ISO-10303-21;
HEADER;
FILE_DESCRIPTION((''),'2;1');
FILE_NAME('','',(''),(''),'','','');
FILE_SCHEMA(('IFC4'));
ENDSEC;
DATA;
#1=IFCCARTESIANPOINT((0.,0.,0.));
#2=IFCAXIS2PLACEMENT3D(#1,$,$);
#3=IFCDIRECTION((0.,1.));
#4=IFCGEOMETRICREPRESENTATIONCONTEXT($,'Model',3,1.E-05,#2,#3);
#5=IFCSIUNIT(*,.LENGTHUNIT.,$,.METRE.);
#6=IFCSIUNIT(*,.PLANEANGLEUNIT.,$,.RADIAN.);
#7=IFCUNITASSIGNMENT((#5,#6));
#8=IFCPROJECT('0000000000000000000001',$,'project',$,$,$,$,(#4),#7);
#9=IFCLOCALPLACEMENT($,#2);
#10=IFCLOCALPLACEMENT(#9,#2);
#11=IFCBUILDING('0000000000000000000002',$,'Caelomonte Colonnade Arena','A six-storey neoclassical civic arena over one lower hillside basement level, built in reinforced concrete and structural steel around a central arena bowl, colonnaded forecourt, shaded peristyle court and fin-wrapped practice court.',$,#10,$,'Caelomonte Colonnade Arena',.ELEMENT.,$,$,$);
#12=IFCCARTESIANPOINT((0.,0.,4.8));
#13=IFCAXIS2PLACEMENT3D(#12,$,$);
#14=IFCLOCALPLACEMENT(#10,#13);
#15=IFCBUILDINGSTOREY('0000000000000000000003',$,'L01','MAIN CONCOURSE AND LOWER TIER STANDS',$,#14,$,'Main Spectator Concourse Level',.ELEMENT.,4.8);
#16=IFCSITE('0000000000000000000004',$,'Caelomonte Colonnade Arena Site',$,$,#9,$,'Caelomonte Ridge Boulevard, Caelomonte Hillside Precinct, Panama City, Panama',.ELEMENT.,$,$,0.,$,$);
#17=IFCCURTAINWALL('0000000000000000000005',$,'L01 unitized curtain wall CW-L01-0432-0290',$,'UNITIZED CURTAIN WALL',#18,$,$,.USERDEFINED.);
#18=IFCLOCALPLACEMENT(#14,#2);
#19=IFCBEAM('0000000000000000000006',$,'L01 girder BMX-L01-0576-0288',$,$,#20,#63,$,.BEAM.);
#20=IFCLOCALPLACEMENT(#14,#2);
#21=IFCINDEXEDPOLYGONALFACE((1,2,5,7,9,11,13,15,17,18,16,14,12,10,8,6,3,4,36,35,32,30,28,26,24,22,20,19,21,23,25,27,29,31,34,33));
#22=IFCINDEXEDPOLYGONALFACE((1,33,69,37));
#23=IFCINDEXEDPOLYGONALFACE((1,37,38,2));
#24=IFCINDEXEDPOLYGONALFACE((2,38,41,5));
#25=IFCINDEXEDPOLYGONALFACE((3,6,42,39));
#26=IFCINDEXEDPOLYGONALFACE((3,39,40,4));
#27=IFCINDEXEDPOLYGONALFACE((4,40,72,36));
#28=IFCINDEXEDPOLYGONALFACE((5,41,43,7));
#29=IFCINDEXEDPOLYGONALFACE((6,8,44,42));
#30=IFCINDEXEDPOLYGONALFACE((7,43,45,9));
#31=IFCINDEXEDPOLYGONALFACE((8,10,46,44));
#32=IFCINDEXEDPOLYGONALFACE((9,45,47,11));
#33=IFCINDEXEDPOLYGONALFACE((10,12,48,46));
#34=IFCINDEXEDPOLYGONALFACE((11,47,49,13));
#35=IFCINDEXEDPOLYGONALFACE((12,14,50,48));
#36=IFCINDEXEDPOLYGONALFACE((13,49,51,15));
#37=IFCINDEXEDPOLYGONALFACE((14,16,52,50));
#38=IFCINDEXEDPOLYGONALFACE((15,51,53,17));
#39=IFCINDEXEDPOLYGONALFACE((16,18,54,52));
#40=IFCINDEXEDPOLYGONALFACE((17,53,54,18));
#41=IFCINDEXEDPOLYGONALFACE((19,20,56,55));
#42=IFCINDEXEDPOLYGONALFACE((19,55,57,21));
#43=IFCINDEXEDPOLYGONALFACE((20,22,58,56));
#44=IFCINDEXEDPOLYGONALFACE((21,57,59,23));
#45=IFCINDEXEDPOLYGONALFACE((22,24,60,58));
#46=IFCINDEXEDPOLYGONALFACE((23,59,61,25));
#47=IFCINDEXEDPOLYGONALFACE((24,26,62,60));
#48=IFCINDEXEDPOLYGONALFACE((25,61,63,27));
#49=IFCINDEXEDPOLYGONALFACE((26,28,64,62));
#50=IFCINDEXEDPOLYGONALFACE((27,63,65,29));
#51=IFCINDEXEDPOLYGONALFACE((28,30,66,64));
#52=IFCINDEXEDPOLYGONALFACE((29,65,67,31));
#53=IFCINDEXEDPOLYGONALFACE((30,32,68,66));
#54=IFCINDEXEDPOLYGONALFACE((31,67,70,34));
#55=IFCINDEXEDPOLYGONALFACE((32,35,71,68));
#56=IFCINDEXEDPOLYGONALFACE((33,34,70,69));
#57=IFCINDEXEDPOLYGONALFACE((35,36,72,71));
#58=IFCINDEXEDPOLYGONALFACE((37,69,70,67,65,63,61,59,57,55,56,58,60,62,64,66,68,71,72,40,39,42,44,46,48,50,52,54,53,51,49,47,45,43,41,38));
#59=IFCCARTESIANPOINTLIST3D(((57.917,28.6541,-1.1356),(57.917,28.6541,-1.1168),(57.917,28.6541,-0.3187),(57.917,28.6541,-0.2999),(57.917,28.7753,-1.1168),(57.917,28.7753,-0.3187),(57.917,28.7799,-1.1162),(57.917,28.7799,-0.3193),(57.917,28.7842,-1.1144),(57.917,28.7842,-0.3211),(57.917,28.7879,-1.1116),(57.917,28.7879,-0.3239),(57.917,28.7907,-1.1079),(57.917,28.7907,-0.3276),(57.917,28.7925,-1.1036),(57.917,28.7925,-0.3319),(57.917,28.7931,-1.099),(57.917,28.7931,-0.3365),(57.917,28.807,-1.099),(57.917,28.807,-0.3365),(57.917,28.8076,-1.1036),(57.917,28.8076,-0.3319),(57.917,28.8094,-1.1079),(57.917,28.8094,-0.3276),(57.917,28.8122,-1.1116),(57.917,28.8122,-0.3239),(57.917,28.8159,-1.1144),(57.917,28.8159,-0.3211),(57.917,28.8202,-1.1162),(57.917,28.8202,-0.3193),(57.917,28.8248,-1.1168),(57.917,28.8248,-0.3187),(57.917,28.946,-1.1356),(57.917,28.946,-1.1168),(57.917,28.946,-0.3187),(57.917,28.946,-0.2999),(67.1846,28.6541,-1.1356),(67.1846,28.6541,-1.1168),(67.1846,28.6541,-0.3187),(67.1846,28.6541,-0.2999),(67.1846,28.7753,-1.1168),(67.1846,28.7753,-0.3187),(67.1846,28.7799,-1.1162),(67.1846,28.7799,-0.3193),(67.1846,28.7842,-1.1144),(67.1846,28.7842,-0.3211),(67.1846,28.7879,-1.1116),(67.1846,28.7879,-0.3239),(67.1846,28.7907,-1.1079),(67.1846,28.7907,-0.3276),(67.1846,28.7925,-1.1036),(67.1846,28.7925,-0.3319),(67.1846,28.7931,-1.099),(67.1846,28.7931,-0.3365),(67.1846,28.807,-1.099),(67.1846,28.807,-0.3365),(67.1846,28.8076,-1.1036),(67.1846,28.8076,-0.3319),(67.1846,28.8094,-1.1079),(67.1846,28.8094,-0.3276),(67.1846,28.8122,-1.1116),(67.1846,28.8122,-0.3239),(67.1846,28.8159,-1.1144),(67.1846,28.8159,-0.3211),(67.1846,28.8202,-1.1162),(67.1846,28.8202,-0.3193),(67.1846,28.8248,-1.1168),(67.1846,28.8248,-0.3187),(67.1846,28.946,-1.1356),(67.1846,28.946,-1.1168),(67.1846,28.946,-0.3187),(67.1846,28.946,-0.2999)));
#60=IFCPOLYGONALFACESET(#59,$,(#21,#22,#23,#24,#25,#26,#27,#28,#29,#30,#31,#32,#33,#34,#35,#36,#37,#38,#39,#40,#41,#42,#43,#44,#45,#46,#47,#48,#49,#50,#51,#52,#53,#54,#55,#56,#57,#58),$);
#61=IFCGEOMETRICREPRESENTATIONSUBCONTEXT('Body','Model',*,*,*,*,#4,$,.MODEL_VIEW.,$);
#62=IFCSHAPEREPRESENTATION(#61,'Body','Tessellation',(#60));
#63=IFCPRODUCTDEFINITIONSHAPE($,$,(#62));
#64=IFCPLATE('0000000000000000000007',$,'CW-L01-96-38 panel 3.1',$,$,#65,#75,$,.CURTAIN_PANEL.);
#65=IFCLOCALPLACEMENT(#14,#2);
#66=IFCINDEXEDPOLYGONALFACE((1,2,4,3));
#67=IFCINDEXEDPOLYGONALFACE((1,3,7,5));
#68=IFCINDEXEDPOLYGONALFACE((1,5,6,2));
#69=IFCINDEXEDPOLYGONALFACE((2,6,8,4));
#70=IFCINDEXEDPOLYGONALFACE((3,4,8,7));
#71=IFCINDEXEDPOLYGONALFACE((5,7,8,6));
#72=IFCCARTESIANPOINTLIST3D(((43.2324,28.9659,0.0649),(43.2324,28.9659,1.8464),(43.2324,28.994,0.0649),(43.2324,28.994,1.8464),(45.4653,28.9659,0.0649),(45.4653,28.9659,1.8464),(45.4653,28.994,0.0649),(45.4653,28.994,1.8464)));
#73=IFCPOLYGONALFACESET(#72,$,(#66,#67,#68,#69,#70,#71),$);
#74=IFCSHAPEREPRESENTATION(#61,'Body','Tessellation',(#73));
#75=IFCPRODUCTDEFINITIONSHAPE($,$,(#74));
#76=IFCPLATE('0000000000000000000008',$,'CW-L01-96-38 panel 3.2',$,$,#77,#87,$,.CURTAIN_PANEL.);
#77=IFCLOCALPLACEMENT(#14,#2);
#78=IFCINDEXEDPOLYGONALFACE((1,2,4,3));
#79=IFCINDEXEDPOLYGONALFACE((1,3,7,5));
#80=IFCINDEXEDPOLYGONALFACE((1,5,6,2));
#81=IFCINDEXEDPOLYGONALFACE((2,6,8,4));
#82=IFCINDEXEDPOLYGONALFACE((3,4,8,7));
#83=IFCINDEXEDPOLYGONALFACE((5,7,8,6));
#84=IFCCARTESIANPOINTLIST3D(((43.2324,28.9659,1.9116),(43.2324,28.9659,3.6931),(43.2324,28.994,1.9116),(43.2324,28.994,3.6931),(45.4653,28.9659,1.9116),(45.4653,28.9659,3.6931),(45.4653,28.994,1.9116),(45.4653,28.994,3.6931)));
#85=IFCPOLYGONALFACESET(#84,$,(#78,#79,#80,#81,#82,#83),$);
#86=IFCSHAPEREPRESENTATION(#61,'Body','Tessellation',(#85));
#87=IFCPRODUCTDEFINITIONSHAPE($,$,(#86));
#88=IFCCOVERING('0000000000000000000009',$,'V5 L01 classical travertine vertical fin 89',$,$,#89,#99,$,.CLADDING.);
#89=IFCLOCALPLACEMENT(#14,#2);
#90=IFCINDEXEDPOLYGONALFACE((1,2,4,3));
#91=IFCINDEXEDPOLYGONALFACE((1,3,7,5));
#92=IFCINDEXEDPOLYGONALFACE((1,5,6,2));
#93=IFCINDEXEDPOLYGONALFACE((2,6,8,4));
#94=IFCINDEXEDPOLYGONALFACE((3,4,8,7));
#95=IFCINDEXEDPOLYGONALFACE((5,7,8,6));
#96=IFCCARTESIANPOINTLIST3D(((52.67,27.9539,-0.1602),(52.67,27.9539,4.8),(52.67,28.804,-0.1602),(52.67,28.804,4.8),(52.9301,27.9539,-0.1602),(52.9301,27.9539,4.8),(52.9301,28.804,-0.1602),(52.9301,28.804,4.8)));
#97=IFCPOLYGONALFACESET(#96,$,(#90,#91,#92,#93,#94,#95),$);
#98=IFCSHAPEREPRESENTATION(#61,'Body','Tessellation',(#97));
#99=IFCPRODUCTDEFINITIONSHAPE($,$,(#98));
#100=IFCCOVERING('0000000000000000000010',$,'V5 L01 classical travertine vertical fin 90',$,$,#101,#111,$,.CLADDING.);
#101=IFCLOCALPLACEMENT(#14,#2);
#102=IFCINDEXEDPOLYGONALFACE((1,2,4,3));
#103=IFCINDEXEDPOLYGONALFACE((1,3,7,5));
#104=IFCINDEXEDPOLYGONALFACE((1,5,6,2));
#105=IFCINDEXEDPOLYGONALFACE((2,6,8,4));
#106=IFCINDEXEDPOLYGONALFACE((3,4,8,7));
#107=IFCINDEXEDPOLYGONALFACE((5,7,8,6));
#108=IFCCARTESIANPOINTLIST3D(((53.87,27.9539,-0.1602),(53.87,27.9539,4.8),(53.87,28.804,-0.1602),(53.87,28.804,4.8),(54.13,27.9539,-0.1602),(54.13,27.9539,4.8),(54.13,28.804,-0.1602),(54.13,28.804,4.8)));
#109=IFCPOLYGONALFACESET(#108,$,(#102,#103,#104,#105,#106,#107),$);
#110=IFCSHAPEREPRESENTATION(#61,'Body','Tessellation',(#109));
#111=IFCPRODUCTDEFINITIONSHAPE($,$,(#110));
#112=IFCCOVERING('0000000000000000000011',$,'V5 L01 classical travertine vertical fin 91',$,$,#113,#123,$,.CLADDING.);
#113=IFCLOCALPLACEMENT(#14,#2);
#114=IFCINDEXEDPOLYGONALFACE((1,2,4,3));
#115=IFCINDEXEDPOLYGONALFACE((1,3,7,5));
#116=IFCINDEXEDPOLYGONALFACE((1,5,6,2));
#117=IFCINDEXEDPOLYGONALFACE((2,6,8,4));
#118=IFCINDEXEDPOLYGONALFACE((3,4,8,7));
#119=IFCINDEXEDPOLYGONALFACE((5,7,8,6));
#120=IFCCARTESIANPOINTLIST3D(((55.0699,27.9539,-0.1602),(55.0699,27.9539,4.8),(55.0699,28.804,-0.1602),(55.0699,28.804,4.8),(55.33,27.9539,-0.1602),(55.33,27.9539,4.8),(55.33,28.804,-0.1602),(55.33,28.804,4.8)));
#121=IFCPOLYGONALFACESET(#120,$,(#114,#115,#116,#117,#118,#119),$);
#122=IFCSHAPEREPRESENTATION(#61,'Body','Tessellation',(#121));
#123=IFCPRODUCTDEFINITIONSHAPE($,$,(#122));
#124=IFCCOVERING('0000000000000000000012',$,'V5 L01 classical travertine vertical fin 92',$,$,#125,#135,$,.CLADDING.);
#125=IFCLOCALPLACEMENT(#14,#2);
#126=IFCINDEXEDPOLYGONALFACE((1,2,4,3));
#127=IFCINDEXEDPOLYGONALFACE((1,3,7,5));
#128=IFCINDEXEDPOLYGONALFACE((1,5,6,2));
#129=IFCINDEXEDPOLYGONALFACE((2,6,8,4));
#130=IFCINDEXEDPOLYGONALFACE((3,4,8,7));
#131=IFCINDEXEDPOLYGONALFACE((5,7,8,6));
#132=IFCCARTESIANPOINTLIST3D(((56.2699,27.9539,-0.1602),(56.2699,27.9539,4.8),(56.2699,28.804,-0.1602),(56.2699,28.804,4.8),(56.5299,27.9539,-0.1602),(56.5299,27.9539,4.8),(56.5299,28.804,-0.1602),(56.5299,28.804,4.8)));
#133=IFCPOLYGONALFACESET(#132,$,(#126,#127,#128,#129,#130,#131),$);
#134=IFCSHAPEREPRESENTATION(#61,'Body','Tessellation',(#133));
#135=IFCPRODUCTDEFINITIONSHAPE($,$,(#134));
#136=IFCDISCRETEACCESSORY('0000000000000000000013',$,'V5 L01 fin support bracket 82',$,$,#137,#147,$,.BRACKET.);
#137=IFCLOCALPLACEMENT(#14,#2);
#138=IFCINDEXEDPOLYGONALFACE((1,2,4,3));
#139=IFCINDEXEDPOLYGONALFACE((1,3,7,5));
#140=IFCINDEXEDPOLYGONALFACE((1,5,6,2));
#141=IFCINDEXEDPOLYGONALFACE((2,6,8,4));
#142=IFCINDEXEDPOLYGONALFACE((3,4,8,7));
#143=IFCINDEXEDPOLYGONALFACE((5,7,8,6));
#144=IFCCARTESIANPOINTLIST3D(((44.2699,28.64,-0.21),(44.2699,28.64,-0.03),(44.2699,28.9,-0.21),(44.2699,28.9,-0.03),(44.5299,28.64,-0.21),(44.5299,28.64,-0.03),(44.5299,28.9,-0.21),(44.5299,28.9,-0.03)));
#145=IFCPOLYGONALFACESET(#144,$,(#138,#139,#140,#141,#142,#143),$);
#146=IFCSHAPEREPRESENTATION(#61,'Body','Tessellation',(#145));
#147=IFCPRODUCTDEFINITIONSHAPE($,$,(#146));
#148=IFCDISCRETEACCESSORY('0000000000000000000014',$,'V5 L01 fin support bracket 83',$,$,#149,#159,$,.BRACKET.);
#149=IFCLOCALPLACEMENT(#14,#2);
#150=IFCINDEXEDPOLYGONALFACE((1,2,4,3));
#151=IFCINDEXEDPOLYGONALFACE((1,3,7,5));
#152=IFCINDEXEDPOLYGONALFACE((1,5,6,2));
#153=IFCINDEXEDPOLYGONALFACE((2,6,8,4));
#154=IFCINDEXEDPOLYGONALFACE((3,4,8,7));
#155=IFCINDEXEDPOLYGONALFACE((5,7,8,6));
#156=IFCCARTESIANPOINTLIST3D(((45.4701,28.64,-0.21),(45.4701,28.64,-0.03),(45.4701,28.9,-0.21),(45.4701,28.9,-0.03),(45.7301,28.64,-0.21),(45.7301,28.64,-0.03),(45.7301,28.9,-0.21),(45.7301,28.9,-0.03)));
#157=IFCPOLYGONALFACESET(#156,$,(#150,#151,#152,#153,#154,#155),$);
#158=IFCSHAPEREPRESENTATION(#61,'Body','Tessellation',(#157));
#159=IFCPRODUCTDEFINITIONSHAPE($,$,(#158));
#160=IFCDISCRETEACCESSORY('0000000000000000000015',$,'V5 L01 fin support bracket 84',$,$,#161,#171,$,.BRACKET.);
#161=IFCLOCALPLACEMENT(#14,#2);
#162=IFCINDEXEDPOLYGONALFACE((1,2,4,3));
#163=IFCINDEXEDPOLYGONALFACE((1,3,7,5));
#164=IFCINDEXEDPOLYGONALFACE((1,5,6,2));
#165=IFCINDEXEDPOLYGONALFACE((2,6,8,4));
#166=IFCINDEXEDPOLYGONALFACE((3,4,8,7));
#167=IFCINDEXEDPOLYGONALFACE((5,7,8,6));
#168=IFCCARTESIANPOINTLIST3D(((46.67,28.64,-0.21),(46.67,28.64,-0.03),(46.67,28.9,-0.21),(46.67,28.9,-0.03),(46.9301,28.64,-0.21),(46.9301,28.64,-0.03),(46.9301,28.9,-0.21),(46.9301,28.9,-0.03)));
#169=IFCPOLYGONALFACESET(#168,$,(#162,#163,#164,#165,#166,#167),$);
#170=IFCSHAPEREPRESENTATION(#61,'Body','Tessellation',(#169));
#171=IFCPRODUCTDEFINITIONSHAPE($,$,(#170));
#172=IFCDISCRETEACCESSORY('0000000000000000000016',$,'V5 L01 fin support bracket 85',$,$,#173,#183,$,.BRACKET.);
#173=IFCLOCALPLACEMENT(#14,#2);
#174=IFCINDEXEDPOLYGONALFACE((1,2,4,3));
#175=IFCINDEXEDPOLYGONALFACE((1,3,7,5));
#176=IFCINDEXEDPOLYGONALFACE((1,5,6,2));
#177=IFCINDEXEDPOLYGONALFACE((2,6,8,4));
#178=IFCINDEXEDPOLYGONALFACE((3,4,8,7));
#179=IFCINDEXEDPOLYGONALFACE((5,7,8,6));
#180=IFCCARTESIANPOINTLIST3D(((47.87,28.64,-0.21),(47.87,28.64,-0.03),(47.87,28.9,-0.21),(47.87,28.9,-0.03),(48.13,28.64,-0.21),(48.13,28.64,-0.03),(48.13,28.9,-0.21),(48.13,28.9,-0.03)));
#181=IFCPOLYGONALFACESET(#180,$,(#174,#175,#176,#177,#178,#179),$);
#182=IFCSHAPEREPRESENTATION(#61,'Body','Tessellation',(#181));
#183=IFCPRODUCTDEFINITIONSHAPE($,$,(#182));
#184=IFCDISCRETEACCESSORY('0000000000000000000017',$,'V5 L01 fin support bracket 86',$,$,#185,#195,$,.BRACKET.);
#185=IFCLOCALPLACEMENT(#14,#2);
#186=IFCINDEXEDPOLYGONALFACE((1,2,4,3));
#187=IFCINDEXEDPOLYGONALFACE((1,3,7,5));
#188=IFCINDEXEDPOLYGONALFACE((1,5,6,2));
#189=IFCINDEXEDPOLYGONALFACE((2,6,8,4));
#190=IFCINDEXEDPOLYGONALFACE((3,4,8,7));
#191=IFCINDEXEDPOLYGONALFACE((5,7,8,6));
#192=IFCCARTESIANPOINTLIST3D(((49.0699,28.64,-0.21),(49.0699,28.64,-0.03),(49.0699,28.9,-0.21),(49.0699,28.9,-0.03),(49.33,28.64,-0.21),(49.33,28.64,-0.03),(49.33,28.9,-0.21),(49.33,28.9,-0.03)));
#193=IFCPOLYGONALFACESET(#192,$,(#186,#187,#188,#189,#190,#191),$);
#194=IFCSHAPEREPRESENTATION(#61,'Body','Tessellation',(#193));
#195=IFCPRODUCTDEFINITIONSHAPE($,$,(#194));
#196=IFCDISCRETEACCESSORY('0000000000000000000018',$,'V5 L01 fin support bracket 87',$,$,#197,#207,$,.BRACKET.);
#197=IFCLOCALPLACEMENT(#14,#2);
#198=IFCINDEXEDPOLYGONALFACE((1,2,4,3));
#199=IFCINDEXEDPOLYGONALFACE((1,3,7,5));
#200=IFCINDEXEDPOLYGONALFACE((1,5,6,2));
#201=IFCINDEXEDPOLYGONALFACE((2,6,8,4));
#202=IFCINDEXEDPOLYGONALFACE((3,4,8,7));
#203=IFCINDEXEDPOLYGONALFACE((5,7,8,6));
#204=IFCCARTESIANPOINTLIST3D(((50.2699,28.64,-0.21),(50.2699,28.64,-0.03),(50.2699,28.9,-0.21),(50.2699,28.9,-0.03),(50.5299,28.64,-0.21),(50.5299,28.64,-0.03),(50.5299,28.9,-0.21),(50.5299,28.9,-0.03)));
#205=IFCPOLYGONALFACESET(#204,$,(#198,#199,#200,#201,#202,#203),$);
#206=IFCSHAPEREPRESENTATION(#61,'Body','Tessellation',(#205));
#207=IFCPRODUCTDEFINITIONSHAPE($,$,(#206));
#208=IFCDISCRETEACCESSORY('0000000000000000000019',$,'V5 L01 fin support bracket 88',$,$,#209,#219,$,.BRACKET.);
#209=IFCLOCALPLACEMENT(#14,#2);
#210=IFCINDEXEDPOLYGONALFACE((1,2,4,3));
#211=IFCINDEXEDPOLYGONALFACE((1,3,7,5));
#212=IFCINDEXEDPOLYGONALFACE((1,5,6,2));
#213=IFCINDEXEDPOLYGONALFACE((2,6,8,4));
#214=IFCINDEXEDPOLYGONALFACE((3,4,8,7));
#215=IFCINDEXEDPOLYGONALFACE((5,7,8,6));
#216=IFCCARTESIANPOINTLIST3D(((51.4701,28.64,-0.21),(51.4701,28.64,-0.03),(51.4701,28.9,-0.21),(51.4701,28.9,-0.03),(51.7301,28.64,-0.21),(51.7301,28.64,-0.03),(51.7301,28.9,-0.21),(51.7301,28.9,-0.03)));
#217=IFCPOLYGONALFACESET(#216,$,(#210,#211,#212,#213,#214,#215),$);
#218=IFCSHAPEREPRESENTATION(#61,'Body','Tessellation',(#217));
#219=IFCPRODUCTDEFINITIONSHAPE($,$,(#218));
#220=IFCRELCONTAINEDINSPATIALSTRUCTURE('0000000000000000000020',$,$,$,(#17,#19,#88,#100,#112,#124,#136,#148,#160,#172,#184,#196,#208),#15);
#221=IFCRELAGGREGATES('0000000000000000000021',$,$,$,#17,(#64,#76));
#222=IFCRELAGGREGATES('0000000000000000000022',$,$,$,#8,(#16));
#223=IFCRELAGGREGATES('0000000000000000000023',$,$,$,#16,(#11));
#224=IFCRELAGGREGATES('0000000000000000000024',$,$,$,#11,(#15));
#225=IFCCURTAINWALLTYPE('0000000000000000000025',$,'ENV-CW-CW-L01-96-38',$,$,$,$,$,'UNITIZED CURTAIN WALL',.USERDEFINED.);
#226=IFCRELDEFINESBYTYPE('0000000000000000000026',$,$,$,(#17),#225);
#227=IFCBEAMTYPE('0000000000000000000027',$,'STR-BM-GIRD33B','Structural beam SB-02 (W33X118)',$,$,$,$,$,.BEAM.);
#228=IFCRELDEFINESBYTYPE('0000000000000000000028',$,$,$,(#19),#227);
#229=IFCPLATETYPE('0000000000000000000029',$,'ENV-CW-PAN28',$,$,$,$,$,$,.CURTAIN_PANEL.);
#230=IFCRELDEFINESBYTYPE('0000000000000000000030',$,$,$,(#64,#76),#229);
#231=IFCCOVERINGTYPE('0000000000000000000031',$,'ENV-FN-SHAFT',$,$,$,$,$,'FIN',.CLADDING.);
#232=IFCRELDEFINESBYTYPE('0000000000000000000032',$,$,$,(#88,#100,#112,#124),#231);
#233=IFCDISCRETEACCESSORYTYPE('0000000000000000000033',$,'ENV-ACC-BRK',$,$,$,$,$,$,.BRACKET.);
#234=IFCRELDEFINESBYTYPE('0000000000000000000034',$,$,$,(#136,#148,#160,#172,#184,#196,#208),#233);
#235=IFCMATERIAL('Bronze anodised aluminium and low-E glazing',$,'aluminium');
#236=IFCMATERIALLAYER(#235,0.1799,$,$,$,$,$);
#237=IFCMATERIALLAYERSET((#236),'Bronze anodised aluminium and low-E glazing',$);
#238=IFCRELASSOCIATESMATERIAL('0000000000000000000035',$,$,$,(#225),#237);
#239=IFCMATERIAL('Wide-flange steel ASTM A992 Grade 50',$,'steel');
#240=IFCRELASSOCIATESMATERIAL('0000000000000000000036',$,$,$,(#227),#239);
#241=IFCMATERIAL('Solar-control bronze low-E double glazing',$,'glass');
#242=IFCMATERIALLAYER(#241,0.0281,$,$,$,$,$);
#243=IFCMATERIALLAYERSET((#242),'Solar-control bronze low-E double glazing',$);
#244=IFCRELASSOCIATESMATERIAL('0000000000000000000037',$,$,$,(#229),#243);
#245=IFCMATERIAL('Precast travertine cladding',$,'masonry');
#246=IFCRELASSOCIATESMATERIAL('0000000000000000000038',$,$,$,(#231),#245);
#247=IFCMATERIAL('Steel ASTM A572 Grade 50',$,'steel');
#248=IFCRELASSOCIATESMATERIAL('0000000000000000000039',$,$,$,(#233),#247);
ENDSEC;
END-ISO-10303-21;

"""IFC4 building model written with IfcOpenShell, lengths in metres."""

from ifc_helpers import new_model, si_unit, direction, frame, origin, origin_2d, place, context, subcontext, project, spatial, rectangle, i_section, extrude, material, layer, layer_set, material_profile, profile_set, type_object, element, aggregate, save


model = new_model("IFC4")

# Units and contexts
model_context = context("Model", 3, precision=1e-05, world=origin(), true_north=direction((0.0, 1.0)))
body_context = subcontext(model_context, "Body", "Model", "MODEL_VIEW")
ifc_project = project(units=[si_unit("LENGTHUNIT", "METRE"), si_unit("PLANEANGLEUNIT", "RADIAN")], contexts=[model_context])

# Site, building, storey
site_placement = place(None, origin())
site = spatial("IfcSite", under=ifc_project, at=site_placement, Name="Caelomonte Colonnade Arena Site", LongName="Caelomonte Ridge Boulevard, Caelomonte Hillside Precinct, Panama City, Panama", CompositionType="ELEMENT", RefElevation=0.0)
building_placement = place(site_placement, origin())
building = spatial("IfcBuilding", under=site, at=building_placement, Name="Caelomonte Colonnade Arena", Description="A six-storey neoclassical civic arena over one lower hillside basement level, built in reinforced concrete and structural steel around a central arena bowl, colonnaded forecourt, shaded peristyle court and fin-wrapped practice court.", LongName="Caelomonte Colonnade Arena", CompositionType="ELEMENT")
storey_placement = place(building_placement, frame((0.0, 0.0, 4.8)))
storey = spatial("IfcBuildingStorey", under=building, at=storey_placement, Name="L01", Description="MAIN CONCOURSE AND LOWER TIER STANDS", LongName="Main Spectator Concourse Level", CompositionType="ELEMENT", Elevation=4.8)

# Shared definitions
ifc_material_1 = material(Name="Wide-flange steel ASTM A992 Grade 50", Category="steel")

# Curtain wall
ifc_material_2 = material(Name="Bronze anodised aluminium and low-E glazing", Category="aluminium")
ifc_layer_1 = layer(ifc_material_2, 0.1799)
ifc_layer_set_1 = layer_set([ifc_layer_1], Name="Bronze anodised aluminium and low-E glazing")
curtain_wall_type = type_object("IfcCurtainWallType", Name="ENV-CW-CW-L01-96-38", ElementType="UNITIZED CURTAIN WALL", PredefinedType="USERDEFINED", material=ifc_layer_set_1)
curtain_wall_placement = place(storey_placement, origin())
curtain_wall = element("IfcCurtainWall", 1, at=curtain_wall_placement, inside=storey, type_object=curtain_wall_type, Name="L01 unitized curtain wall CW-L01-0432-0290", ObjectType="UNITIZED CURTAIN WALL", PredefinedType="USERDEFINED")

# Beam
ifc_material_profile_1 = material_profile(ifc_material_1, i_section(OverallWidth=0.292, OverallDepth=0.8357, WebThickness=0.0139, FlangeThickness=0.0188, FilletRadius=0.0178, at=origin_2d()), Name="W33X118")
ifc_profile_set_1 = profile_set([ifc_material_profile_1], Name="Wide-flange steel ASTM A992 Grade 50")
beam_type_1 = type_object("IfcBeamType", Name="STR-BM-GIRD33B", Description="Structural beam SB-02 (W33X118)", PredefinedType="BEAM", material=ifc_profile_set_1)
beam_1_placement = place(storey_placement, frame((57.917, 28.8, -0.7178), z_axis=(1.0, 0.0, 0.0), x_axis=(0.0, 1.0, 0.0)))
element("IfcBeam", 2, at=beam_1_placement, inside=storey, type_object=beam_type_1, Name="L01 girder BMX-L01-0576-0288", PredefinedType="BEAM", context=body_context, shape_type="SweptSolid", body=[
    extrude(i_section(OverallWidth=0.292, OverallDepth=0.8357, WebThickness=0.0139, FlangeThickness=0.0188, FilletRadius=0.0178, at=origin_2d()), origin(), (0.0, 0.0, 1.0), 9.2676),
])

# Plates
ifc_material_3 = material(Name="Solar-control bronze low-E double glazing", Category="glass")
ifc_layer_2 = layer(ifc_material_3, 0.0281)
ifc_layer_set_2 = layer_set([ifc_layer_2], Name="Solar-control bronze low-E double glazing")
plate_type = type_object("IfcPlateType", Name="ENV-CW-PAN28", PredefinedType="CURTAIN_PANEL", material=ifc_layer_set_2)
plate_1_placement = place(storey_placement, frame((44.3489, 28.98, 0.0649), z_axis=(0.0, 0.0, 1.0), x_axis=(1.0, 0.0, 0.0)))
plate_1 = element("IfcPlate", 3, at=plate_1_placement, type_object=plate_type, Name="CW-L01-96-38 panel 3.1", PredefinedType="CURTAIN_PANEL", context=body_context, shape_type="SweptSolid", body=[
    extrude(rectangle(XDim=2.2329, YDim=0.0281, at=origin_2d()), origin(), (0.0, 0.0, 1.0), 1.7815),
])
plate_2_placement = place(storey_placement, frame((44.3489, 28.98, 1.9116), z_axis=(0.0, 0.0, 1.0), x_axis=(1.0, 0.0, 0.0)))
plate_2 = element("IfcPlate", 4, at=plate_2_placement, type_object=plate_type, Name="CW-L01-96-38 panel 3.2", PredefinedType="CURTAIN_PANEL", context=body_context, shape_type="SweptSolid", body=[
    extrude(rectangle(XDim=2.2329, YDim=0.0281, at=origin_2d()), origin(), (0.0, 0.0, 1.0), 1.7815),
])
aggregate(curtain_wall, [plate_1, plate_2])

# Coverings
ifc_material_4 = material(Name="Precast travertine cladding", Category="masonry")
ifc_material_profile_2 = material_profile(ifc_material_4, rectangle(XDim=0.26, YDim=0.8501, at=origin_2d()), Name="FIN260X850")
ifc_profile_set_2 = profile_set([ifc_material_profile_2], Name="Precast travertine cladding")
covering_type = type_object("IfcCoveringType", Name="ENV-FN-SHAFT", ElementType="FIN", PredefinedType="CLADDING", material=ifc_profile_set_2)
for number, where, z_axis, x_axis, name in (
    (5, (52.8, 28.3789, -0.1602), (0.0, 0.0, 1.0), (-1.0, 0.0, 0.0), "V5 L01 classical travertine vertical fin 89"),
    (6, (54.0, 28.3789, -0.1602), (0.0, 0.0, 1.0), (-1.0, 0.0, 0.0), "V5 L01 classical travertine vertical fin 90"),
    (7, (55.2, 28.3789, -0.1602), (0.0, 0.0, 1.0), (-1.0, 0.0, 0.0), "V5 L01 classical travertine vertical fin 91"),
    (8, (56.3999, 28.3789, -0.1602), (0.0, 0.0, 1.0), (-1.0, 0.0, 0.0), "V5 L01 classical travertine vertical fin 92"),
):
    element("IfcCovering", number, at=place(storey_placement, frame(where, z_axis=z_axis, x_axis=x_axis)), inside=storey, type_object=covering_type, Name=name, PredefinedType="CLADDING", context=body_context, shape_type="SweptSolid", body=[
        extrude(rectangle(XDim=0.26, YDim=0.8501, at=origin_2d()), origin(), (0.0, 0.0, 1.0), 4.9602),
    ])

# Discrete accessories
ifc_material_5 = material(Name="Steel ASTM A572 Grade 50", Category="steel")
discrete_accessory_type = type_object("IfcDiscreteAccessoryType", Name="ENV-ACC-BRK", PredefinedType="BRACKET", material=ifc_material_5)
for number, where, z_axis, x_axis, name in (
    (9, (44.3999, 28.77, -0.21), (0.0, 0.0, 1.0), (1.0, 0.0, 0.0), "V5 L01 fin support bracket 82"),
    (10, (45.6001, 28.77, -0.21), (0.0, 0.0, 1.0), (1.0, 0.0, 0.0), "V5 L01 fin support bracket 83"),
    (11, (46.8, 28.77, -0.21), (0.0, 0.0, 1.0), (1.0, 0.0, 0.0), "V5 L01 fin support bracket 84"),
    (12, (48.0, 28.77, -0.21), (0.0, 0.0, 1.0), (1.0, 0.0, 0.0), "V5 L01 fin support bracket 85"),
    (13, (49.2, 28.77, -0.21), (0.0, 0.0, 1.0), (1.0, 0.0, 0.0), "V5 L01 fin support bracket 86"),
    (14, (50.3999, 28.77, -0.21), (0.0, 0.0, 1.0), (1.0, 0.0, 0.0), "V5 L01 fin support bracket 87"),
    (15, (51.6001, 28.77, -0.21), (0.0, 0.0, 1.0), (1.0, 0.0, 0.0), "V5 L01 fin support bracket 88"),
):
    element("IfcDiscreteAccessory", number, at=place(storey_placement, frame(where, z_axis=z_axis, x_axis=x_axis)), inside=storey, type_object=discrete_accessory_type, Name=name, PredefinedType="BRACKET", context=body_context, shape_type="SweptSolid", body=[
        extrude(rectangle(XDim=0.26, YDim=0.26, at=origin_2d()), origin(), (0.0, 0.0, 1.0), 0.1799),
    ])

save(model, "model.ifc")
